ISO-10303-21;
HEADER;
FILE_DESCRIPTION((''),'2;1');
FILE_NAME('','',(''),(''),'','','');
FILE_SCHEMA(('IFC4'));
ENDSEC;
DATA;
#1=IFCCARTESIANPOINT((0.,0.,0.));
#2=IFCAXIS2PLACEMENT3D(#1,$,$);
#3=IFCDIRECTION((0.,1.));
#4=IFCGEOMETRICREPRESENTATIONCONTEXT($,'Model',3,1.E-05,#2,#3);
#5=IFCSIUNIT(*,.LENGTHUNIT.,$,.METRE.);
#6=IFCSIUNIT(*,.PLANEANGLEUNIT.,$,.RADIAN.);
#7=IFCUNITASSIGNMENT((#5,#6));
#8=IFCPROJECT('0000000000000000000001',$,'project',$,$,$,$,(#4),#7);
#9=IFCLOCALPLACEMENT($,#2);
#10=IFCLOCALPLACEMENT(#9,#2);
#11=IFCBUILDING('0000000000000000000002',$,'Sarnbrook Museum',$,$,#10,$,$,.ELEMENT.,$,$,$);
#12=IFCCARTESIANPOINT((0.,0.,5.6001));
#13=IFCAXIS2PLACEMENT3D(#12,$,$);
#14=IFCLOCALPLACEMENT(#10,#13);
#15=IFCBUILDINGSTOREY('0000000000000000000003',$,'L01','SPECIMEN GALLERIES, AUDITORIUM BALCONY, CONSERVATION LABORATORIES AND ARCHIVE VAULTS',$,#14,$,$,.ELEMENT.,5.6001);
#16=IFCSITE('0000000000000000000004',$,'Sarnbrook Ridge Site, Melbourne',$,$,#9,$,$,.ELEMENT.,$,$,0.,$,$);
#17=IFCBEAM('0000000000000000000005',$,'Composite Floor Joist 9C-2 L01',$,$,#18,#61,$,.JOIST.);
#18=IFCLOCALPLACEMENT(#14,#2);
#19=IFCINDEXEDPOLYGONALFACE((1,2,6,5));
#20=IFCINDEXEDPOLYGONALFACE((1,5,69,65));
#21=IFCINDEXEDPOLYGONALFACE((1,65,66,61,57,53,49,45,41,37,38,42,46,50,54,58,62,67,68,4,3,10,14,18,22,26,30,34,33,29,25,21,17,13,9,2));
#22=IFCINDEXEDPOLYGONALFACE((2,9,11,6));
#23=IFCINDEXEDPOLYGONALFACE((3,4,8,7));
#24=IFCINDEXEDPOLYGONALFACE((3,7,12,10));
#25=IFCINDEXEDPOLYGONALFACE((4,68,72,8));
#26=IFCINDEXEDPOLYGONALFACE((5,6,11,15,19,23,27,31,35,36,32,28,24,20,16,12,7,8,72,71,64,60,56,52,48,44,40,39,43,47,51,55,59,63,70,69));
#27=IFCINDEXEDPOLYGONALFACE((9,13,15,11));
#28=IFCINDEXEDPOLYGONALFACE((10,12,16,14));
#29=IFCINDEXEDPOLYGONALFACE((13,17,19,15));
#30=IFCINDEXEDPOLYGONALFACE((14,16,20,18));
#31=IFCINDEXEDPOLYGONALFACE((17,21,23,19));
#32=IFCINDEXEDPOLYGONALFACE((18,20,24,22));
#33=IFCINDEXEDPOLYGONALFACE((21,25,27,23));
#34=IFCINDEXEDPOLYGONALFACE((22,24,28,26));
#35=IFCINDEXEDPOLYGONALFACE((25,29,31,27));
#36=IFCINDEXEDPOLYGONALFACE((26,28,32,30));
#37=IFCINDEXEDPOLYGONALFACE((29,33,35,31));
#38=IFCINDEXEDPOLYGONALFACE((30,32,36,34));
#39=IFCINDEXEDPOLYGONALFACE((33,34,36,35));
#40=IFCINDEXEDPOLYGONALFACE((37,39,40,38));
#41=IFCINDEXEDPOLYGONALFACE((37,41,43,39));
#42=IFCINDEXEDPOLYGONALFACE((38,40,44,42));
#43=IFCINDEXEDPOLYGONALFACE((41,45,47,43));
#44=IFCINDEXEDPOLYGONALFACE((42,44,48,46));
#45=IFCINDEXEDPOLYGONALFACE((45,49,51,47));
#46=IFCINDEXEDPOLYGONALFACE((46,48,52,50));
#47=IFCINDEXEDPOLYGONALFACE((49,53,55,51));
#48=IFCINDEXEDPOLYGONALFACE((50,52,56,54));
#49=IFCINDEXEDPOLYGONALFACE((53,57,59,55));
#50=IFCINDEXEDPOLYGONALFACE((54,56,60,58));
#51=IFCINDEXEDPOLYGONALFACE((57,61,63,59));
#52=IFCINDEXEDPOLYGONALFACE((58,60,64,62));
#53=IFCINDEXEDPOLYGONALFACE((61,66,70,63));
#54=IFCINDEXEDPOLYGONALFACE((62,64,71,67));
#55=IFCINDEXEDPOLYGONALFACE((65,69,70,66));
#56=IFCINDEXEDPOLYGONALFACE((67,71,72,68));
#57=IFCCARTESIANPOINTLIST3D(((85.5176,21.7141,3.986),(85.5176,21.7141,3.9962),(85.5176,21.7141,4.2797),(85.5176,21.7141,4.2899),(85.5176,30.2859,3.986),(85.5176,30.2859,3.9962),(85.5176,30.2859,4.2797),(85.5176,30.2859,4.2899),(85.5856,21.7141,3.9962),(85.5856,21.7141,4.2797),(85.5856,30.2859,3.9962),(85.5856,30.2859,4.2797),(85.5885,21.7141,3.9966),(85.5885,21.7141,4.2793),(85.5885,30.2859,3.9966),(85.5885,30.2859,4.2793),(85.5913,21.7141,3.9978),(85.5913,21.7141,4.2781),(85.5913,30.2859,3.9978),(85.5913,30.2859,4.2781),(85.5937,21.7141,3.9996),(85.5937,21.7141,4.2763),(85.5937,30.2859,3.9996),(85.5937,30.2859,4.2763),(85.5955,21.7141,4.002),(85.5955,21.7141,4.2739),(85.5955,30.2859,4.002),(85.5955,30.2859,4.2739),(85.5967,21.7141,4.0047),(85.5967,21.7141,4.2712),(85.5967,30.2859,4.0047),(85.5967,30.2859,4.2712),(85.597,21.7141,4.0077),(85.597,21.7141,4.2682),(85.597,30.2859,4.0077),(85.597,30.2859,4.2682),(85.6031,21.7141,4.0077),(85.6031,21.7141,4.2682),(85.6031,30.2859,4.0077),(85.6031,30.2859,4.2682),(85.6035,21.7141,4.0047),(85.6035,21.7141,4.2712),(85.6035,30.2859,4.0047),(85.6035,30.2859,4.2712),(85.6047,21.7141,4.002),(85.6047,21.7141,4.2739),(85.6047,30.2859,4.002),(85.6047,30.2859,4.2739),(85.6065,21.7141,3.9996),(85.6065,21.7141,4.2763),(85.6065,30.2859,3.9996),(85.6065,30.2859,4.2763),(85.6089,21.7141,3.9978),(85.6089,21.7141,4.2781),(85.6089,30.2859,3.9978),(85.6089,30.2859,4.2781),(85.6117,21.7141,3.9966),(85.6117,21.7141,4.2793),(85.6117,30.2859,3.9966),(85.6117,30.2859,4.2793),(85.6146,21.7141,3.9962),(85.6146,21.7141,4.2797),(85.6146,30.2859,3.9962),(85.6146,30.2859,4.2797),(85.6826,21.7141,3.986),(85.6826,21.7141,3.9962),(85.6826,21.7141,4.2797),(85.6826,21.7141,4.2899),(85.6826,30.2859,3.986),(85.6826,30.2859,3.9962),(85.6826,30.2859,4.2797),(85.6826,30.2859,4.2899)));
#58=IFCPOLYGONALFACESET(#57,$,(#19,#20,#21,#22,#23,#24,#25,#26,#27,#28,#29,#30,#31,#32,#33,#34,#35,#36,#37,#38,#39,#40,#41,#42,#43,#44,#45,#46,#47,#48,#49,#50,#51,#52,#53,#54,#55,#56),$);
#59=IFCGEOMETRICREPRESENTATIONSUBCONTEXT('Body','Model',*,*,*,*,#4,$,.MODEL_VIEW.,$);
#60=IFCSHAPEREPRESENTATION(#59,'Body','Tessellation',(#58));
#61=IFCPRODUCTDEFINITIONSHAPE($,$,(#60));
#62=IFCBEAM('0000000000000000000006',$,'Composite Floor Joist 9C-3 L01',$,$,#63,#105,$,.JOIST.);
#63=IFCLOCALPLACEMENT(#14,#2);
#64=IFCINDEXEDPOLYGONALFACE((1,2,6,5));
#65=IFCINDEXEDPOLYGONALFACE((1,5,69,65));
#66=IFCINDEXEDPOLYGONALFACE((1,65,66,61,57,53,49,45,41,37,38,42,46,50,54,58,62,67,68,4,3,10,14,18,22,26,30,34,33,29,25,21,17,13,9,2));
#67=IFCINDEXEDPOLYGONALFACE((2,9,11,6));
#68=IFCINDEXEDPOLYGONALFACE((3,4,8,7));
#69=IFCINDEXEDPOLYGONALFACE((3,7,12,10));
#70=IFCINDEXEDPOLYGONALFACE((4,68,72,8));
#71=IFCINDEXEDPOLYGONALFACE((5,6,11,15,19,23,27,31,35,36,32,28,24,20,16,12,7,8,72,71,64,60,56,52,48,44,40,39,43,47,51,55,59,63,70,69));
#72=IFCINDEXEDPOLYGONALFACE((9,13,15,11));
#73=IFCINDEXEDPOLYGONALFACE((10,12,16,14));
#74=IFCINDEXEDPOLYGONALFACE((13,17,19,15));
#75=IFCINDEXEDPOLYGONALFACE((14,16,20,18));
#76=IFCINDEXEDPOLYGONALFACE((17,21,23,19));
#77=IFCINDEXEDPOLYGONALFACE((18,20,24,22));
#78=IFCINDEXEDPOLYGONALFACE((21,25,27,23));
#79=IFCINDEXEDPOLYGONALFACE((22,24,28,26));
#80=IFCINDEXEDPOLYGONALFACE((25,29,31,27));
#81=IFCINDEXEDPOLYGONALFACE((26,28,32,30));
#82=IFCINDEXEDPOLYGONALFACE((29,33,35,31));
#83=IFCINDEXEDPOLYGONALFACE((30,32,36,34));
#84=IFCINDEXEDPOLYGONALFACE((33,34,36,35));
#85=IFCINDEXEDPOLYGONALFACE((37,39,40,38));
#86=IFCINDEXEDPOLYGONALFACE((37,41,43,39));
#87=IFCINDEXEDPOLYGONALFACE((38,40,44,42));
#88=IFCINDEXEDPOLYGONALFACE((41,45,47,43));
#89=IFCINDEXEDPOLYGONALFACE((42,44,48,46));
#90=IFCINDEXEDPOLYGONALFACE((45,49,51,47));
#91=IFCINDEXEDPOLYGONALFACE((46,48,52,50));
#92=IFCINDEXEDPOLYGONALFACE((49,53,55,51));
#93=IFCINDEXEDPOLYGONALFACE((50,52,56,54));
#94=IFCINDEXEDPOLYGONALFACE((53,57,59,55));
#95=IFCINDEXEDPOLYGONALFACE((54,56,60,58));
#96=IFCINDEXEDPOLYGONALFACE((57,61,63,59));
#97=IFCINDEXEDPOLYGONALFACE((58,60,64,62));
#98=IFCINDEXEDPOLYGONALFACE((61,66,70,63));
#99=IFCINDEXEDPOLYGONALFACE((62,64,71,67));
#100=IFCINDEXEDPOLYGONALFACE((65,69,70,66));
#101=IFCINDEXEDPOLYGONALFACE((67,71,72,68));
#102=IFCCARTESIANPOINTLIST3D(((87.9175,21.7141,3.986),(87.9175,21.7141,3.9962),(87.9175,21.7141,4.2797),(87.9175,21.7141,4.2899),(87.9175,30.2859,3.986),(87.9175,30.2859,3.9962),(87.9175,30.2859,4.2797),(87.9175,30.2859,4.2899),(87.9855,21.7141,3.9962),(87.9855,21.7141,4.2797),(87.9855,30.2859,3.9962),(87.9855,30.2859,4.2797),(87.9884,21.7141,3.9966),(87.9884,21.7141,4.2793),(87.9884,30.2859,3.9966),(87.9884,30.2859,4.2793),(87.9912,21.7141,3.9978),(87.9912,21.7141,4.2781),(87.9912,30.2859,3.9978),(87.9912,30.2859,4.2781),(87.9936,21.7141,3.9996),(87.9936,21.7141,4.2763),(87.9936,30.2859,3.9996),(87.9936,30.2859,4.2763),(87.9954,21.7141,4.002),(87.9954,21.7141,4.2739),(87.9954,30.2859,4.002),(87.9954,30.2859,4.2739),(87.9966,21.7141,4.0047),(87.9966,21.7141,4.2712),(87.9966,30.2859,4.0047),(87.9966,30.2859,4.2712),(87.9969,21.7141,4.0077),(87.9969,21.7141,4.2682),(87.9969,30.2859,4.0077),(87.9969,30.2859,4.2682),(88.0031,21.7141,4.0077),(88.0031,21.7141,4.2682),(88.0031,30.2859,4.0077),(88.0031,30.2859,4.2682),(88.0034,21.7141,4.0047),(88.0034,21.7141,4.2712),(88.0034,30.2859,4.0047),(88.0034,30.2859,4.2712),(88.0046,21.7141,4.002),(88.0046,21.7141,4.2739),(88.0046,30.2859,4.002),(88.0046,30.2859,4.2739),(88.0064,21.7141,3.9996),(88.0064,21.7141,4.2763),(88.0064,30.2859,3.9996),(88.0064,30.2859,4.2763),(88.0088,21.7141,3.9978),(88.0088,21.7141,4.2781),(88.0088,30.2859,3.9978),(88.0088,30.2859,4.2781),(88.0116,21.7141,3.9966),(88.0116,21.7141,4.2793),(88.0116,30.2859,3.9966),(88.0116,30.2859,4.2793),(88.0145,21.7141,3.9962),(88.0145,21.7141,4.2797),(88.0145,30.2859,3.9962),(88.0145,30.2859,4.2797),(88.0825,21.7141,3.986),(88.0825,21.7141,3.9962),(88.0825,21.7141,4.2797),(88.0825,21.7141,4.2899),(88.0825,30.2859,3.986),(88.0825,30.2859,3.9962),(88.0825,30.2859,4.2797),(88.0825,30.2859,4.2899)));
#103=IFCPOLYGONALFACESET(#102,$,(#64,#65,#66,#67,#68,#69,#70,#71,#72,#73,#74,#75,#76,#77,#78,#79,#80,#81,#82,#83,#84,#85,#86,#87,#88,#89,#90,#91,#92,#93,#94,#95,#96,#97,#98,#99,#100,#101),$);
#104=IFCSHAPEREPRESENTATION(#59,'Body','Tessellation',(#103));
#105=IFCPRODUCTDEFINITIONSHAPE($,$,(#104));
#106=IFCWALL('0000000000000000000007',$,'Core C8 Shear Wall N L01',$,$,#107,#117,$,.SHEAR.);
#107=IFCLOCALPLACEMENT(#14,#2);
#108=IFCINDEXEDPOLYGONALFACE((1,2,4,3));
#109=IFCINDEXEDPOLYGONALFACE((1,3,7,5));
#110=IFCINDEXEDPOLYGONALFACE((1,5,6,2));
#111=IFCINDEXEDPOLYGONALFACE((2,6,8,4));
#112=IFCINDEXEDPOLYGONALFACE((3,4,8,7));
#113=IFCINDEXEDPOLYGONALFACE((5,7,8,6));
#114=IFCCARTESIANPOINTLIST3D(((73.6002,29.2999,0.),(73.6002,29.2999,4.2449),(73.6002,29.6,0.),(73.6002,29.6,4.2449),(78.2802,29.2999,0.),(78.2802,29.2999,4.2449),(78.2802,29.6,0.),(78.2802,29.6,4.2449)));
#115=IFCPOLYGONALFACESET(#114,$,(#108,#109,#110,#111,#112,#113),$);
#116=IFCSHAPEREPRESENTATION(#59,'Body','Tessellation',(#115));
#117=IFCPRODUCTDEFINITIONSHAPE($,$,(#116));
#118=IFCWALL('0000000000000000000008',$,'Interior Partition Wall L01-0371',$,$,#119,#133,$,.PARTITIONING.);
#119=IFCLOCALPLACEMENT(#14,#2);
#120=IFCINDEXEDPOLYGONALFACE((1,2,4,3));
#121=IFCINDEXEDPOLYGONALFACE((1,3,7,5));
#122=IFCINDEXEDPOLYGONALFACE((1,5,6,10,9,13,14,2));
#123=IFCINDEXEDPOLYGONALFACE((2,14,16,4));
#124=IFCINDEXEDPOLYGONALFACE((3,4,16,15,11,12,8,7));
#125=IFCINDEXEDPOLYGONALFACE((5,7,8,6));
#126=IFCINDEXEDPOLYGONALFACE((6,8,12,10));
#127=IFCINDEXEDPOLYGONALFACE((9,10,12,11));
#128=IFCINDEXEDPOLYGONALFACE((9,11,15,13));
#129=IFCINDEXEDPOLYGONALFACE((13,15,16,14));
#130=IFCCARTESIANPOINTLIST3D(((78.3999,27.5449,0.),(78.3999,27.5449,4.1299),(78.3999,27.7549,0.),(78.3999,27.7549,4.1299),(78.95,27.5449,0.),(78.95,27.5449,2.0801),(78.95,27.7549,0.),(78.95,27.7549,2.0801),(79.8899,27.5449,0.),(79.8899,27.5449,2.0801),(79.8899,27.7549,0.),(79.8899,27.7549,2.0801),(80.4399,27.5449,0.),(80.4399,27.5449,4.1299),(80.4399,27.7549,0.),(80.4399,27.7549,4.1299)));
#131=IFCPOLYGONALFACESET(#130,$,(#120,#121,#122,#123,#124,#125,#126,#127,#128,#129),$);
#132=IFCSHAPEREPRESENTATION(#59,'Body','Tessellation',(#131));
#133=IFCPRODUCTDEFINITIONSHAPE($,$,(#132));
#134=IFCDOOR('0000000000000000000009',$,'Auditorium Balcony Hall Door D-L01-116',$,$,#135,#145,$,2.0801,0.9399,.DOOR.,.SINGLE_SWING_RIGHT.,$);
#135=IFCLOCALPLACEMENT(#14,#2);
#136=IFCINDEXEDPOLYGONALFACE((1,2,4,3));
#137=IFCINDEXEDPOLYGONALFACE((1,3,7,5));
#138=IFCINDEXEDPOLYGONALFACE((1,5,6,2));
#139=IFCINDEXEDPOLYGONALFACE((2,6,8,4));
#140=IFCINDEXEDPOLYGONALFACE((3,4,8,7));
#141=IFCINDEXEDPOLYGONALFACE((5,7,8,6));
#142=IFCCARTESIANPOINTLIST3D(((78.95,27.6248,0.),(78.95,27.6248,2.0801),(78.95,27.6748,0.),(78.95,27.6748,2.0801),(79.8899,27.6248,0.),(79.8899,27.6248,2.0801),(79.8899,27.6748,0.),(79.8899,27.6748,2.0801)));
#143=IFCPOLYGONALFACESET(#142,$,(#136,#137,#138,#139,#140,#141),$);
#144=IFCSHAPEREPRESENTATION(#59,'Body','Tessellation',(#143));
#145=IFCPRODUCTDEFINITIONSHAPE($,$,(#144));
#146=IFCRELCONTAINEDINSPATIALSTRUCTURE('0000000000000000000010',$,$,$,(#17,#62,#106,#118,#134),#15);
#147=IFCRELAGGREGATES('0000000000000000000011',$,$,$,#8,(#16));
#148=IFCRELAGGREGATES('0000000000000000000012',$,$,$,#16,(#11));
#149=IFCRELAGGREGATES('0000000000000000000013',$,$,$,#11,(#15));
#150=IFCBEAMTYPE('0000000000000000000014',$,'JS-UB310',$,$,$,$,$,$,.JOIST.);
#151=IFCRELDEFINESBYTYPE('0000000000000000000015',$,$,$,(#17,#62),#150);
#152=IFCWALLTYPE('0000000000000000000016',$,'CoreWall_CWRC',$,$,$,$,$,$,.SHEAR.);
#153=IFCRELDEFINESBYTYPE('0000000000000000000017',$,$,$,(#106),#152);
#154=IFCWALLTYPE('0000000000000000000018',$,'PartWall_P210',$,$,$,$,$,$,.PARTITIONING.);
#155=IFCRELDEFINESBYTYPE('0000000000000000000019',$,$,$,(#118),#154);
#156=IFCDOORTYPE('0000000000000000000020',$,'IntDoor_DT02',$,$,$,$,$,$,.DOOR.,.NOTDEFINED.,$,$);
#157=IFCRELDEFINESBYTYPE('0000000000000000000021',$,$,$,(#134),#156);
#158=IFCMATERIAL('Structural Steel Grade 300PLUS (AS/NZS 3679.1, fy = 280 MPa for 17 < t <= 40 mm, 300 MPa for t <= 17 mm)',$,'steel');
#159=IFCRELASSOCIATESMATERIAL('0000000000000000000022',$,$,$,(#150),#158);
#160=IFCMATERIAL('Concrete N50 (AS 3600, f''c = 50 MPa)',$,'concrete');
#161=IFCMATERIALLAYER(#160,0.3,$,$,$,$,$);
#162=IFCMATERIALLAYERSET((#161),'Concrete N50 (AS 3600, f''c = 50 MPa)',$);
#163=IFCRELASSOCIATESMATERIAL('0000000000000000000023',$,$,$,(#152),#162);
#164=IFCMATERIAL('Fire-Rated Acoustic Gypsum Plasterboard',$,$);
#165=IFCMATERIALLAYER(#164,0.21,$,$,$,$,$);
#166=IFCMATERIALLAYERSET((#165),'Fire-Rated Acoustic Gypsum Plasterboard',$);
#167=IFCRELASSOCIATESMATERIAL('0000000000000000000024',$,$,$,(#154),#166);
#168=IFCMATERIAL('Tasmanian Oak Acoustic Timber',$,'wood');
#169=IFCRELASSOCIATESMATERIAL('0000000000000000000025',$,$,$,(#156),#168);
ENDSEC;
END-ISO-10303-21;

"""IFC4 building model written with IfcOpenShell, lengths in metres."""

from ifc_helpers import new_model, si_unit, direction, frame, frame_2d, origin, origin_2d, place, context, subcontext, project, spatial, rectangle, i_section, extrude, material, layer, layer_set, material_profile, profile_set, type_object, element, fill, save


model = new_model("IFC4")

# Units and contexts
model_context = context("Model", 3, precision=1e-05, world=origin(), true_north=direction((0.0, 1.0)))
body_context = subcontext(model_context, "Body", "Model", "MODEL_VIEW")
ifc_project = project(units=[si_unit("LENGTHUNIT", "METRE"), si_unit("PLANEANGLEUNIT", "RADIAN")], contexts=[model_context])

# Site, building, storey
site_placement = place(None, origin())
site = spatial("IfcSite", under=ifc_project, at=site_placement, Name="Sarnbrook Ridge Site, Melbourne", CompositionType="ELEMENT", RefElevation=0.0)
building_placement = place(site_placement, origin())
building = spatial("IfcBuilding", under=site, at=building_placement, Name="Sarnbrook Museum", CompositionType="ELEMENT")
storey_placement = place(building_placement, frame((0.0, 0.0, 5.6001)))
storey = spatial("IfcBuildingStorey", under=building, at=storey_placement, Name="L01", Description="SPECIMEN GALLERIES, AUDITORIUM BALCONY, CONSERVATION LABORATORIES AND ARCHIVE VAULTS", CompositionType="ELEMENT", Elevation=5.6001)

# Shared definitions
ifc_material_1 = material(Name="Structural Steel Grade 300PLUS (AS/NZS 3679.1, fy = 280 MPa for 17 < t <= 40 mm, 300 MPa for t <= 17 mm)", Category="steel")

# Beams
ifc_material_profile_1 = material_profile(ifc_material_1, i_section(OverallWidth=0.165, OverallDepth=0.304, WebThickness=0.0061, FlangeThickness=0.0103, FilletRadius=0.0115, at=origin_2d()), Name="310UB40.4")
ifc_profile_set_1 = profile_set([ifc_material_profile_1], Name="Structural Steel Grade 300PLUS (AS/NZS 3679.1, fy = 280 MPa for 17 < t <= 40 mm, 300 MPa for t <= 17 mm)")
beam_type_1 = type_object("IfcBeamType", Name="JS-UB310", PredefinedType="JOIST", material=ifc_profile_set_1)
for number, where, z_axis, x_axis, name in (
    (1, (85.6001, 21.7141, 4.1379), (0.0, 1.0, 0.0), (-1.0, 0.0, 0.0), "Composite Floor Joist 9C-2 L01"),
    (2, (88.0, 21.7141, 4.1379), (0.0, 1.0, 0.0), (-1.0, 0.0, 0.0), "Composite Floor Joist 9C-3 L01"),
):
    element("IfcBeam", number, at=place(storey_placement, frame(where, z_axis=z_axis, x_axis=x_axis)), inside=storey, type_object=beam_type_1, Name=name, PredefinedType="JOIST", context=body_context, shape_type="SweptSolid", body=[
        extrude(i_section(OverallWidth=0.165, OverallDepth=0.304, WebThickness=0.0061, FlangeThickness=0.0103, FilletRadius=0.0115, at=origin_2d()), origin(), (0.0, 0.0, 1.0), 8.5718),
    ])

# Wall
ifc_material_2 = material(Name="Concrete N50 (AS 3600, f'c = 50 MPa)", Category="concrete")
ifc_layer_1 = layer(ifc_material_2, 0.3)
ifc_layer_set_1 = layer_set([ifc_layer_1], Name="Concrete N50 (AS 3600, f'c = 50 MPa)")
wall_type_1 = type_object("IfcWallType", Name="CoreWall_CWRC", PredefinedType="SHEAR", material=ifc_layer_set_1)
wall_1_placement = place(storey_placement, frame((78.28, 29.45, 0.0), z_axis=(0.0, 0.0, 1.0), x_axis=(-1.0, 0.0, 0.0)))
element("IfcWall", 3, at=wall_1_placement, inside=storey, type_object=wall_type_1, Name="Core C8 Shear Wall N L01", PredefinedType="SHEAR", context=body_context, shape_type="SweptSolid", body=[
    extrude(rectangle(XDim=4.6799, YDim=0.3, at=frame_2d((2.3398, 0.0))), origin(), (0.0, 0.0, 1.0), 4.2449),
])

# Wall, opening, door
ifc_material_3 = material(Name="Fire-Rated Acoustic Gypsum Plasterboard")
ifc_layer_2 = layer(ifc_material_3, 0.21)
ifc_layer_set_2 = layer_set([ifc_layer_2], Name="Fire-Rated Acoustic Gypsum Plasterboard")
wall_type_2 = type_object("IfcWallType", Name="PartWall_P210", PredefinedType="PARTITIONING", material=ifc_layer_set_2)
wall_2_placement = place(storey_placement, frame((80.4399, 27.6499, 0.0), z_axis=(0.0, 0.0, 1.0), x_axis=(-1.0, 0.0, 0.0)))
wall_2 = element("IfcWall", 4, at=wall_2_placement, inside=storey, type_object=wall_type_2, Name="Interior Partition Wall L01-0371", PredefinedType="PARTITIONING", context=body_context, shape_type="SweptSolid", body=[
    extrude(rectangle(XDim=2.04, YDim=0.21, at=frame_2d((1.02, 0.0))), origin(), (0.0, 0.0, 1.0), 4.1299),
])
opening_1_placement = place(wall_2_placement, frame((0.55, 0.0, 0.0)))
opening_1 = element("IfcOpeningElement", 5, at=opening_1_placement, cuts=wall_2, PredefinedType="OPENING", context=body_context, shape_type="SweptSolid", body=[
    extrude(rectangle(XDim=0.9399, YDim=2.0801, at=frame_2d((0.47, 1.04))), frame((0.0, 0.115, 0.0), z_axis=(0.0, -1.0, 0.0), x_axis=(1.0, 0.0, 0.0)), (0.0, 0.0, 1.0), 0.23),
])
ifc_material_4 = material(Name="Tasmanian Oak Acoustic Timber", Category="wood")
door_type = type_object("IfcDoorType", Name="IntDoor_DT02", OperationType="NOTDEFINED", PredefinedType="DOOR", material=ifc_material_4)
door_placement = place(opening_1_placement, frame((0.9399, 0.0, 0.0), z_axis=(0.0, 0.0, 1.0), x_axis=(-1.0, 0.0, 0.0)))
door = element("IfcDoor", 6, at=door_placement, inside=storey, type_object=door_type, Name="Auditorium Balcony Hall Door D-L01-116", OperationType="SINGLE_SWING_RIGHT", OverallHeight=2.0801, OverallWidth=0.9399, PredefinedType="DOOR", context=body_context, shape_type="SweptSolid", body=[
    extrude(rectangle(XDim=0.9399, YDim=2.0801, at=frame_2d((0.47, 1.04))), frame((0.0, 0.0249, 0.0), z_axis=(0.0, -1.0, 0.0), x_axis=(1.0, 0.0, 0.0)), (0.0, 0.0, 1.0), 0.05),
])
fill(opening_1, door)

save(model, "model.ifc")
